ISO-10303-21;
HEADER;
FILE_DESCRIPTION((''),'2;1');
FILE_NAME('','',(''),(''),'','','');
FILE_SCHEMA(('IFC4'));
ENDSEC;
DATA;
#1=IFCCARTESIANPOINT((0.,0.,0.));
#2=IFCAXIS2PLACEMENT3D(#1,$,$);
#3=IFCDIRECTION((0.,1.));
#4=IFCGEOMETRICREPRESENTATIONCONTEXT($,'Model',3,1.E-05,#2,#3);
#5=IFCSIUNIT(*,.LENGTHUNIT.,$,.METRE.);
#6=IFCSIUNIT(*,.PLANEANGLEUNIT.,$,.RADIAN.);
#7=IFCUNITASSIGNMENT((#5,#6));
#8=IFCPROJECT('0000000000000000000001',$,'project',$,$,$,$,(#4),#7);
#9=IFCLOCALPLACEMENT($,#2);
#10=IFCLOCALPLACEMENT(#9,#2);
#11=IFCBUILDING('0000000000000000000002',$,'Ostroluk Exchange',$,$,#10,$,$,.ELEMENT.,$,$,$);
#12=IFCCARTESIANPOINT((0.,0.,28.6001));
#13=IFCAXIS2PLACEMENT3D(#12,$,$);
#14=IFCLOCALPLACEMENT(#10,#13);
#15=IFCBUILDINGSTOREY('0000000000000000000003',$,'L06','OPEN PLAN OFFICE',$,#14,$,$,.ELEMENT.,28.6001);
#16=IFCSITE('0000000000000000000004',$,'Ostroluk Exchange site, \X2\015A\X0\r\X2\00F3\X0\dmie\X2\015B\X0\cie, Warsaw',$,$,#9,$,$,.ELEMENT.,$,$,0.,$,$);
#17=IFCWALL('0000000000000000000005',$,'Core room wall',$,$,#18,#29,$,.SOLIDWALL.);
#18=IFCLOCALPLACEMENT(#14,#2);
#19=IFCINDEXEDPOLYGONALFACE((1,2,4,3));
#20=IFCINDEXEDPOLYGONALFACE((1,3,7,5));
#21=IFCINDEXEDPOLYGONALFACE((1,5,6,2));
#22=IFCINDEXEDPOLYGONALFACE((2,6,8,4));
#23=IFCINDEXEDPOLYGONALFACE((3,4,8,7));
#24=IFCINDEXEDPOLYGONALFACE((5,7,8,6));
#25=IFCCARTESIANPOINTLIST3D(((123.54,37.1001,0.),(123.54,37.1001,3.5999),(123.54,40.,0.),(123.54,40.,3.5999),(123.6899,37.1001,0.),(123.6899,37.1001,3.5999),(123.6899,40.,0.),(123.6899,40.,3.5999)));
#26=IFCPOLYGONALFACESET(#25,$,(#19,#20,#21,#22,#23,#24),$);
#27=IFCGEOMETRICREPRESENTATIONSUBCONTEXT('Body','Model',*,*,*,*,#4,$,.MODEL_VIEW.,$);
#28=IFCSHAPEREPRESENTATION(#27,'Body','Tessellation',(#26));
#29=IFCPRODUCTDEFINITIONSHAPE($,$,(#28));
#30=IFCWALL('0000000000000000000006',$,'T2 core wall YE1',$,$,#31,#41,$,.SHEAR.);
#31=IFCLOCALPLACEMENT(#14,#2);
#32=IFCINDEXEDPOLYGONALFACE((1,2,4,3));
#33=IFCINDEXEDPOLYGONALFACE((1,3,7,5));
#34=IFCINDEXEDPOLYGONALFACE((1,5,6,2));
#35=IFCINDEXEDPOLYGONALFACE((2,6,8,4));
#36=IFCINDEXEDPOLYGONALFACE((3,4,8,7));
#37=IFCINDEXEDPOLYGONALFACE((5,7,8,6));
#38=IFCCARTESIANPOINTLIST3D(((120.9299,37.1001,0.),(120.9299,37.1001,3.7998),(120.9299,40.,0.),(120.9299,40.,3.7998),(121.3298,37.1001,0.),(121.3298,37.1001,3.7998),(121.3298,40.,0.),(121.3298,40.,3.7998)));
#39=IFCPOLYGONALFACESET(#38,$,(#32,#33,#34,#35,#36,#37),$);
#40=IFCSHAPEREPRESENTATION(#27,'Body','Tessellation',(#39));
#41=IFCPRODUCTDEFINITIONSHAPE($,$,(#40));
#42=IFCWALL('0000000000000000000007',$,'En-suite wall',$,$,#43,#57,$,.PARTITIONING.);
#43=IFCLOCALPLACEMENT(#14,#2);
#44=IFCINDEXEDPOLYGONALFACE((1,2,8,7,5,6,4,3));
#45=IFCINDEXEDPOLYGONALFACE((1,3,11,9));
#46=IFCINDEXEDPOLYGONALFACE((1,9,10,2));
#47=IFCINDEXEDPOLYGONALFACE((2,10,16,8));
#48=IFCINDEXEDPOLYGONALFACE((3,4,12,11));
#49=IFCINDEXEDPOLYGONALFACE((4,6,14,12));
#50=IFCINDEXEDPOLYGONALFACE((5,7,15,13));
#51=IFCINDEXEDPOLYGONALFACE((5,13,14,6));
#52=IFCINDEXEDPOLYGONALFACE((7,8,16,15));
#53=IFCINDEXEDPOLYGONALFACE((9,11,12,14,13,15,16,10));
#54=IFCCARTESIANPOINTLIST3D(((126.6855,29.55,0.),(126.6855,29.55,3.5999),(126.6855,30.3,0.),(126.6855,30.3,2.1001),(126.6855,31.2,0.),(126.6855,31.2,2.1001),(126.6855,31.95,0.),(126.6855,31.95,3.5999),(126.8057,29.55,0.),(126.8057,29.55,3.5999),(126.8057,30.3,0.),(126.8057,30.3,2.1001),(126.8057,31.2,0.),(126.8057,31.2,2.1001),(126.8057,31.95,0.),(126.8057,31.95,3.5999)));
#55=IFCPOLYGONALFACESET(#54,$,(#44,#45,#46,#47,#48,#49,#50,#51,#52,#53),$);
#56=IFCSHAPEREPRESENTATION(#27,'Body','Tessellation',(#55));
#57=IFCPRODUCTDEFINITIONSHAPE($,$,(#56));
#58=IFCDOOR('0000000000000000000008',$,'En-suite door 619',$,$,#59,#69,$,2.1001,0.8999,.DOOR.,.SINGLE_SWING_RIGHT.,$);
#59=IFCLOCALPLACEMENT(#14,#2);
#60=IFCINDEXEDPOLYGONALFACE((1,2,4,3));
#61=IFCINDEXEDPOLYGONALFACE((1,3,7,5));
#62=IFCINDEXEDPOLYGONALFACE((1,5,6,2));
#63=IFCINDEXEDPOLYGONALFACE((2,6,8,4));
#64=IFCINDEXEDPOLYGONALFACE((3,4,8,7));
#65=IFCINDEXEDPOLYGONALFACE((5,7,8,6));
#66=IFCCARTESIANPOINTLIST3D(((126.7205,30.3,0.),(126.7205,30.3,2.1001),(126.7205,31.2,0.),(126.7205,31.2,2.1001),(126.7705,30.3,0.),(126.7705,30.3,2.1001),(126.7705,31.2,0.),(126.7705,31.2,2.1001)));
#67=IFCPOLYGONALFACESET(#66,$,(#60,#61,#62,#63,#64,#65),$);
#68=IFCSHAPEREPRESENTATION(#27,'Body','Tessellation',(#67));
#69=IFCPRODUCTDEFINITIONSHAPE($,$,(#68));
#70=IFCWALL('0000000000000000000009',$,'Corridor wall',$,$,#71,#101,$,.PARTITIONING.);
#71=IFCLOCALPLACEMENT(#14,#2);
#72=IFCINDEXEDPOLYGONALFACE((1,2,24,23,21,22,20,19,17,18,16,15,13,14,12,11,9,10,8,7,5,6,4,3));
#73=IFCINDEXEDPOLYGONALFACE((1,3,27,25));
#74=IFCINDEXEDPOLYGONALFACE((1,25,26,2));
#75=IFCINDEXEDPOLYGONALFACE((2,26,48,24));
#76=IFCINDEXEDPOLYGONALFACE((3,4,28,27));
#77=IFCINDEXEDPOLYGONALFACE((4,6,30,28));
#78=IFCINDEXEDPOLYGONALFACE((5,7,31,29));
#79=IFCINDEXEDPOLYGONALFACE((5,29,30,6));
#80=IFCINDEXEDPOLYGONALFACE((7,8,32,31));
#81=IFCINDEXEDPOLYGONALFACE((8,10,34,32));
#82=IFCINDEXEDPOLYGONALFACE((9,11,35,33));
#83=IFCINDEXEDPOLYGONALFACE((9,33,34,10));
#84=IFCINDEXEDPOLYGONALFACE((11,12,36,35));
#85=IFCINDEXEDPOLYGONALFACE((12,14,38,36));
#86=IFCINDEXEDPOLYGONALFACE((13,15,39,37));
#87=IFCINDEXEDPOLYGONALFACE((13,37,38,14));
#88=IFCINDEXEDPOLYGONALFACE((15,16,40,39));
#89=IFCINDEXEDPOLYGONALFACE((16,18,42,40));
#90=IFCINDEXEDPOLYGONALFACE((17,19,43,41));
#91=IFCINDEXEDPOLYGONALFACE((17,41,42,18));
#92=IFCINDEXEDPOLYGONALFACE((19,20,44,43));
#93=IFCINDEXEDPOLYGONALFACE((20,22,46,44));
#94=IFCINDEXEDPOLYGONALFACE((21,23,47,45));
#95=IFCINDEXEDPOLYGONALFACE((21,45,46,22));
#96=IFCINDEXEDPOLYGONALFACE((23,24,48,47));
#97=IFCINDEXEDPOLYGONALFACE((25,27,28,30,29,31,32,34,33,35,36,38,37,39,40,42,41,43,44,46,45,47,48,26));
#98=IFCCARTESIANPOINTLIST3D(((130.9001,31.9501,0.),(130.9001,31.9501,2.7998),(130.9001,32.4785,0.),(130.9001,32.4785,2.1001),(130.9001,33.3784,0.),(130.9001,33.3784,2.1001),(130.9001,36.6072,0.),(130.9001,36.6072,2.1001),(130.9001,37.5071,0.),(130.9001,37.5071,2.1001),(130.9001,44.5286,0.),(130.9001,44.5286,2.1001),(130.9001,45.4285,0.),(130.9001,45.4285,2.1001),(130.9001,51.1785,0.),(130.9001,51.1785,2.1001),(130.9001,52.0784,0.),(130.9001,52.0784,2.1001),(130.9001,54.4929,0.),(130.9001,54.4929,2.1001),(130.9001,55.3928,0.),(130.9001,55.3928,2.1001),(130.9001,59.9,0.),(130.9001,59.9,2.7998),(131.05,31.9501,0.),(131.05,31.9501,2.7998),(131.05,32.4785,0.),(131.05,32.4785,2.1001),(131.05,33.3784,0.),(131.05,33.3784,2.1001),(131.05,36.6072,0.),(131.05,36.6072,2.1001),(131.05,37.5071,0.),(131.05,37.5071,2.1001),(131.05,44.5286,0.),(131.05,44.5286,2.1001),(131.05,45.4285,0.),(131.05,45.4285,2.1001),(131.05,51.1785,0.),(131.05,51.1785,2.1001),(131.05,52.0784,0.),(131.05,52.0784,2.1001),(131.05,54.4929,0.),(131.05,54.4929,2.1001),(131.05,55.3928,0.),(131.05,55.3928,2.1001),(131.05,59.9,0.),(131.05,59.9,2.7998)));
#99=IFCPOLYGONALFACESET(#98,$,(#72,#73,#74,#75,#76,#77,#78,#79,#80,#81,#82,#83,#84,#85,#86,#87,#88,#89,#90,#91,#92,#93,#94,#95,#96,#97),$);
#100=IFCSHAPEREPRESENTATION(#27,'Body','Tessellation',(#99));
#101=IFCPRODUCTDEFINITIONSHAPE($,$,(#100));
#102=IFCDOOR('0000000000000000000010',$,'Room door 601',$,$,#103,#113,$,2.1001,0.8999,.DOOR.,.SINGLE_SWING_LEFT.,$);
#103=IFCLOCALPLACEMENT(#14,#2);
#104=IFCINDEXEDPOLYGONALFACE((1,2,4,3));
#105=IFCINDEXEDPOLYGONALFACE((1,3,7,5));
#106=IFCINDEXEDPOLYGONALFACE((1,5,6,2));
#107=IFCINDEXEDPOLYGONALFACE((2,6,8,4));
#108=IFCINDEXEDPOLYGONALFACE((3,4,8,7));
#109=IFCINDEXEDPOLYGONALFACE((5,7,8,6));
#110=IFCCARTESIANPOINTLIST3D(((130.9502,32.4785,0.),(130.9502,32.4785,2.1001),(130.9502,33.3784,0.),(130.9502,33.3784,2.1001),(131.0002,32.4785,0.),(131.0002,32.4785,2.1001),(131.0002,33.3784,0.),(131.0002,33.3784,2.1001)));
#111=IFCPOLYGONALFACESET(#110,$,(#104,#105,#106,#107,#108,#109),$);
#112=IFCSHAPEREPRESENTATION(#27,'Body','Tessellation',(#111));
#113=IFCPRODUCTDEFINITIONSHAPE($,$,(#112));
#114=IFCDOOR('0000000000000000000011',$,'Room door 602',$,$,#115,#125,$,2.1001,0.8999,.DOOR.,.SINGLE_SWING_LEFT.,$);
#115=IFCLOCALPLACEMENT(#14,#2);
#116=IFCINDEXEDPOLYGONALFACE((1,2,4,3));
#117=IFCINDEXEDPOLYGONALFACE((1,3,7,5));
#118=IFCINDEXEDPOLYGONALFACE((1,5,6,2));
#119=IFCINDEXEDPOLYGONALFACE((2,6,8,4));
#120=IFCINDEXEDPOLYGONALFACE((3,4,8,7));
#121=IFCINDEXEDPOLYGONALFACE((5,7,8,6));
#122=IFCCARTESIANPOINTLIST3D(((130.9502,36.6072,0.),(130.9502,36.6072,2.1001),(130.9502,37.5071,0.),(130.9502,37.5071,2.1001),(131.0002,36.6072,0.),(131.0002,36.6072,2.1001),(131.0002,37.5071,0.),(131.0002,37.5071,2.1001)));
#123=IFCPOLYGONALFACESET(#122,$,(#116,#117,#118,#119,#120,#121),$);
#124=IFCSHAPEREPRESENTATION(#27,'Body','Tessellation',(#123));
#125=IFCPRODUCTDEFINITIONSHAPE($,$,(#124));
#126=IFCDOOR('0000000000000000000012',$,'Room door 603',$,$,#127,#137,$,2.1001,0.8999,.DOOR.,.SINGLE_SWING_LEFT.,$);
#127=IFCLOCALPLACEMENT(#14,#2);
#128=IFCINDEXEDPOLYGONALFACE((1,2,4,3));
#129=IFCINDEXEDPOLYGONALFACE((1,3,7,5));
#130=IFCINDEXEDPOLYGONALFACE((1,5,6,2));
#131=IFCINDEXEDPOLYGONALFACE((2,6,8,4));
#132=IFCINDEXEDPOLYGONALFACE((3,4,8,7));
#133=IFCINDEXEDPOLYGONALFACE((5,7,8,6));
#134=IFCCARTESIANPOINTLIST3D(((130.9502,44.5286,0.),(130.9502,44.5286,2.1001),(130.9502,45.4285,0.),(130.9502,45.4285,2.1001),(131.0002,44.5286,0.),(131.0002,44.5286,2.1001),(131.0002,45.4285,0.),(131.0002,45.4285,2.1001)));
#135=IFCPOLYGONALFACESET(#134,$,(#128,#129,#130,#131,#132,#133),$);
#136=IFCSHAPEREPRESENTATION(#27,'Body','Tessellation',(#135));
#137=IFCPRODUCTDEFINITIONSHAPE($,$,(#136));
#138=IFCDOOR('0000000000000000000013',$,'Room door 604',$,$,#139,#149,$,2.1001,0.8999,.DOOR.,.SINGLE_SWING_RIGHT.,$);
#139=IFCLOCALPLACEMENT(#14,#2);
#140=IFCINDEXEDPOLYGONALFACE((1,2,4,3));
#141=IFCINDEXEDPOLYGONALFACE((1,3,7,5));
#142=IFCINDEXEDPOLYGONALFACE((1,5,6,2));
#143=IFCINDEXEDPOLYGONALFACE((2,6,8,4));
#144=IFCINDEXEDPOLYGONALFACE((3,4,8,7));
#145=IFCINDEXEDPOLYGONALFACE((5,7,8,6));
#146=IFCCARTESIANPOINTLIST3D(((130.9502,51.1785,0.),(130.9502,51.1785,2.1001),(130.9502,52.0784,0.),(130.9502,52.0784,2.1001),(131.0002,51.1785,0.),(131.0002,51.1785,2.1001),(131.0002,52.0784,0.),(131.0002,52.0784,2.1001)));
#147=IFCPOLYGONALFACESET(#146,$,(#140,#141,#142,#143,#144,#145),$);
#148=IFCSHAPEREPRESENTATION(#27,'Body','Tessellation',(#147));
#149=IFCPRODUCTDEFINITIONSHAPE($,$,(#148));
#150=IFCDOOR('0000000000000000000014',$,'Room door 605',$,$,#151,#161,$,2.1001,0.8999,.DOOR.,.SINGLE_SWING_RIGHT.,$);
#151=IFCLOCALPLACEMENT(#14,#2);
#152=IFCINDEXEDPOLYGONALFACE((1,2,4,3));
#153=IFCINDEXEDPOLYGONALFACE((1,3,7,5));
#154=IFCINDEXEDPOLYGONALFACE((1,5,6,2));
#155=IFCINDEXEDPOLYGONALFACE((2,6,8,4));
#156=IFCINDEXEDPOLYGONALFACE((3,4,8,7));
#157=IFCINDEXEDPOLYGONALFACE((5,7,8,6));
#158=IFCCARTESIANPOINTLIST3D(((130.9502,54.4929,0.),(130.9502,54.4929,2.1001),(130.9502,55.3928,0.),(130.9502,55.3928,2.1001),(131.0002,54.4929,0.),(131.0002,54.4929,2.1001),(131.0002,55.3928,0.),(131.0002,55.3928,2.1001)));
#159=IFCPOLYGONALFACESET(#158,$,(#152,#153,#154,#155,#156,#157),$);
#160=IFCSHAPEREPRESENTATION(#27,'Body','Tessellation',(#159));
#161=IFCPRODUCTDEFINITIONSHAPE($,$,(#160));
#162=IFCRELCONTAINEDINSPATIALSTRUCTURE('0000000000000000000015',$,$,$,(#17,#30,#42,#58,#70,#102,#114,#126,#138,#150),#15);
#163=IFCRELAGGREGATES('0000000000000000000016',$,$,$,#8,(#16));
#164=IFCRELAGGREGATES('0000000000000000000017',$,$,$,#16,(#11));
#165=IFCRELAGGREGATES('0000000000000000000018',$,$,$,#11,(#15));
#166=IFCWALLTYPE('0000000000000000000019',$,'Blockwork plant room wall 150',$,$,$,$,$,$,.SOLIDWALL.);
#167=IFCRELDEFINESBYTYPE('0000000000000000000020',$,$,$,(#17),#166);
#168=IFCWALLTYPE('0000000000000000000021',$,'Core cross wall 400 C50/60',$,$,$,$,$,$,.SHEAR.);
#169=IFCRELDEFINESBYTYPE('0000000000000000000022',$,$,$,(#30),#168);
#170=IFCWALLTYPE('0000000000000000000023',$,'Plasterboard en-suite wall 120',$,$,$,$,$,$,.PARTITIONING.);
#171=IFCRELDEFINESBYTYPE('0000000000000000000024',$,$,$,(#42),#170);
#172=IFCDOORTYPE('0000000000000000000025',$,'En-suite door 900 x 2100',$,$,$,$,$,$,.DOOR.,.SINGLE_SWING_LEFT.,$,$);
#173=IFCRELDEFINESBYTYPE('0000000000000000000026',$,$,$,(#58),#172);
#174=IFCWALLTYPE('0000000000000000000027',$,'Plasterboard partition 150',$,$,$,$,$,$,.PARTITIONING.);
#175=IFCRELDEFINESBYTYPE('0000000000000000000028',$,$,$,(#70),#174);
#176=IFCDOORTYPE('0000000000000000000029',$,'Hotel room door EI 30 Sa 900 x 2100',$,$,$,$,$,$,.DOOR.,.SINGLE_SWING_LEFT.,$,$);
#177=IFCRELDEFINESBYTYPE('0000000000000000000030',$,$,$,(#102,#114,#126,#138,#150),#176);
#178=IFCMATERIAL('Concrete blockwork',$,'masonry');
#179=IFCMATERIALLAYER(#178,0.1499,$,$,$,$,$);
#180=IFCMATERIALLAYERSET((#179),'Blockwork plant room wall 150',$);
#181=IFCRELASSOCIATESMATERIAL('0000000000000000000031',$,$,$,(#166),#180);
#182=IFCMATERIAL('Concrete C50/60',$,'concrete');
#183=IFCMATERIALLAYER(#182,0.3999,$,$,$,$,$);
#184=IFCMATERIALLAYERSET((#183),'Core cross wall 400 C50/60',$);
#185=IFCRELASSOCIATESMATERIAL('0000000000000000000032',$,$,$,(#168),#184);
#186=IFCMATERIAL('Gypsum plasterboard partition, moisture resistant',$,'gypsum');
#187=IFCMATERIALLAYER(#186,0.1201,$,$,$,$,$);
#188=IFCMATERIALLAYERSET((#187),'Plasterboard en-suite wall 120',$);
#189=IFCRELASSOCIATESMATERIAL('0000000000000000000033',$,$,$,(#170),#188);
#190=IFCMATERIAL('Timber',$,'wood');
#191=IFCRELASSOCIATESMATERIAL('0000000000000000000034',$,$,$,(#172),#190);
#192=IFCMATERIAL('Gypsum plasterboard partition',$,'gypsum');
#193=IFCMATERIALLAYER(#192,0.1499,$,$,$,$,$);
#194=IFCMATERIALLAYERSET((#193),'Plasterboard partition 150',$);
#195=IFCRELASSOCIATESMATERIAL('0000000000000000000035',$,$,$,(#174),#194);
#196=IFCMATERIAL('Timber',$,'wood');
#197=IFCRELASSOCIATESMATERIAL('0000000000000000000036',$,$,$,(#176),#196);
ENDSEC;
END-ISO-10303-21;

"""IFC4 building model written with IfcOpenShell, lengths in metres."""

from ifc_helpers import new_model, si_unit, direction, frame, frame_2d, origin, place, context, subcontext, project, spatial, rectangle, extrude, material, layer, layer_set, type_object, element, fill, save


model = new_model("IFC4")

# Units and contexts
model_context = context("Model", 3, precision=1e-05, world=origin(), true_north=direction((0.0, 1.0)))
body_context = subcontext(model_context, "Body", "Model", "MODEL_VIEW")
ifc_project = project(units=[si_unit("LENGTHUNIT", "METRE"), si_unit("PLANEANGLEUNIT", "RADIAN")], contexts=[model_context])

# Site, building, storey
site_placement = place(None, origin())
site = spatial("IfcSite", under=ifc_project, at=site_placement, Name="Ostroluk Exchange site, Śródmieście, Warsaw", CompositionType="ELEMENT", RefElevation=0.0)
building_placement = place(site_placement, origin())
building = spatial("IfcBuilding", under=site, at=building_placement, Name="Ostroluk Exchange", CompositionType="ELEMENT")
storey_placement = place(building_placement, frame((0.0, 0.0, 28.6001)))
storey = spatial("IfcBuildingStorey", under=building, at=storey_placement, Name="L06", Description="OPEN PLAN OFFICE", CompositionType="ELEMENT", Elevation=28.6001)

# Walls
ifc_material_1 = material(Name="Concrete blockwork", Category="masonry")
ifc_layer_1 = layer(ifc_material_1, 0.1499)
ifc_layer_set_1 = layer_set([ifc_layer_1], Name="Blockwork plant room wall 150")
wall_type_1 = type_object("IfcWallType", Name="Blockwork plant room wall 150", PredefinedType="SOLIDWALL", material=ifc_layer_set_1)
wall_1_placement = place(storey_placement, frame((123.615, 37.1001, 0.0), z_axis=(0.0, 0.0, 1.0), x_axis=(0.0, 1.0, 0.0)))
element("IfcWall", 1, at=wall_1_placement, inside=storey, type_object=wall_type_1, Name="Core room wall", PredefinedType="SOLIDWALL", context=body_context, shape_type="SweptSolid", body=[
    extrude(rectangle(XDim=2.8999, YDim=0.1499, at=frame_2d((1.45, 0.0))), origin(), (0.0, 0.0, 1.0), 3.5999),
])
ifc_material_2 = material(Name="Concrete C50/60", Category="concrete")
ifc_layer_2 = layer(ifc_material_2, 0.3999)
ifc_layer_set_2 = layer_set([ifc_layer_2], Name="Core cross wall 400 C50/60")
wall_type_2 = type_object("IfcWallType", Name="Core cross wall 400 C50/60", PredefinedType="SHEAR", material=ifc_layer_set_2)
wall_2_placement = place(storey_placement, frame((121.1299, 37.1001, 0.0), z_axis=(0.0, 0.0, 1.0), x_axis=(0.0, 1.0, 0.0)))
element("IfcWall", 2, at=wall_2_placement, inside=storey, type_object=wall_type_2, Name="T2 core wall YE1", PredefinedType="SHEAR", context=body_context, shape_type="SweptSolid", body=[
    extrude(rectangle(XDim=2.8999, YDim=0.3999, at=frame_2d((1.45, 0.0))), origin(), (0.0, 0.0, 1.0), 3.7998),
])

# Wall, opening, door
ifc_material_3 = material(Name="Gypsum plasterboard partition, moisture resistant", Category="gypsum")
ifc_layer_3 = layer(ifc_material_3, 0.1201)
ifc_layer_set_3 = layer_set([ifc_layer_3], Name="Plasterboard en-suite wall 120")
wall_type_3 = type_object("IfcWallType", Name="Plasterboard en-suite wall 120", PredefinedType="PARTITIONING", material=ifc_layer_set_3)
wall_3_placement = place(storey_placement, frame((126.7456, 31.95, 0.0), z_axis=(0.0, 0.0, 1.0), x_axis=(0.0, -1.0, 0.0)))
wall_3 = element("IfcWall", 3, at=wall_3_placement, inside=storey, type_object=wall_type_3, Name="En-suite wall", PredefinedType="PARTITIONING", context=body_context, shape_type="SweptSolid", body=[
    extrude(rectangle(XDim=2.3999, YDim=0.1201, at=frame_2d((1.2, 0.0))), origin(), (0.0, 0.0, 1.0), 3.5999),
])
opening_1_placement = place(wall_3_placement, frame((0.75, 0.0, 0.0)))
opening_1 = element("IfcOpeningElement", 4, at=opening_1_placement, cuts=wall_3, PredefinedType="OPENING", context=body_context, shape_type="SweptSolid", body=[
    extrude(rectangle(XDim=0.8999, YDim=2.1001, at=frame_2d((0.45, 1.05))), frame((0.0, 0.0701, 0.0), z_axis=(0.0, -1.0, 0.0), x_axis=(1.0, 0.0, 0.0)), (0.0, 0.0, 1.0), 0.1401),
])
ifc_material_4 = material(Name="Timber", Category="wood")
door_type_1 = type_object("IfcDoorType", Name="En-suite door 900 x 2100", OperationType="SINGLE_SWING_LEFT", PredefinedType="DOOR", material=ifc_material_4)
door_1_placement = place(opening_1_placement, origin())
door_1 = element("IfcDoor", 5, at=door_1_placement, inside=storey, type_object=door_type_1, Name="En-suite door 619", OperationType="SINGLE_SWING_RIGHT", OverallHeight=2.1001, OverallWidth=0.8999, PredefinedType="DOOR", context=body_context, shape_type="SweptSolid", body=[
    extrude(rectangle(XDim=0.8999, YDim=2.1001, at=frame_2d((0.45, 1.05))), frame((0.0, 0.0249, 0.0), z_axis=(0.0, -1.0, 0.0), x_axis=(1.0, 0.0, 0.0)), (0.0, 0.0, 1.0), 0.05),
])
fill(opening_1, door_1)

# Wall, openings, doors
ifc_material_5 = material(Name="Gypsum plasterboard partition", Category="gypsum")
ifc_layer_4 = layer(ifc_material_5, 0.1499)
ifc_layer_set_4 = layer_set([ifc_layer_4], Name="Plasterboard partition 150")
wall_type_4 = type_object("IfcWallType", Name="Plasterboard partition 150", PredefinedType="PARTITIONING", material=ifc_layer_set_4)
wall_4_placement = place(storey_placement, frame((130.9751, 31.95, 0.0), z_axis=(0.0, 0.0, 1.0), x_axis=(0.0, 1.0, 0.0)))
wall_4 = element("IfcWall", 6, at=wall_4_placement, inside=storey, type_object=wall_type_4, Name="Corridor wall", PredefinedType="PARTITIONING", context=body_context, shape_type="SweptSolid", body=[
    extrude(rectangle(XDim=27.95, YDim=0.1499, at=frame_2d((13.9751, 0.0))), origin(), (0.0, 0.0, 1.0), 2.7998),
])
opening_2_placement = place(wall_4_placement, frame((0.5286, 0.0, 0.0)))
opening_2 = element("IfcOpeningElement", 7, at=opening_2_placement, cuts=wall_4, PredefinedType="OPENING", context=body_context, shape_type="SweptSolid", body=[
    extrude(rectangle(XDim=0.8999, YDim=2.1001, at=frame_2d((0.45, 1.05))), frame((0.0, 0.085, 0.0), z_axis=(0.0, -1.0, 0.0), x_axis=(1.0, 0.0, 0.0)), (0.0, 0.0, 1.0), 0.1699),
])
opening_3_placement = place(wall_4_placement, frame((4.6572, 0.0, 0.0)))
opening_3 = element("IfcOpeningElement", 8, at=opening_3_placement, cuts=wall_4, PredefinedType="OPENING", context=body_context, shape_type="SweptSolid", body=[
    extrude(rectangle(XDim=0.8999, YDim=2.1001, at=frame_2d((0.45, 1.05))), frame((0.0, 0.085, 0.0), z_axis=(0.0, -1.0, 0.0), x_axis=(1.0, 0.0, 0.0)), (0.0, 0.0, 1.0), 0.1699),
])
opening_4_placement = place(wall_4_placement, frame((12.5786, 0.0, 0.0)))
opening_4 = element("IfcOpeningElement", 9, at=opening_4_placement, cuts=wall_4, PredefinedType="OPENING", context=body_context, shape_type="SweptSolid", body=[
    extrude(rectangle(XDim=0.8999, YDim=2.1001, at=frame_2d((0.45, 1.05))), frame((0.0, 0.085, 0.0), z_axis=(0.0, -1.0, 0.0), x_axis=(1.0, 0.0, 0.0)), (0.0, 0.0, 1.0), 0.1699),
])
opening_5_placement = place(wall_4_placement, frame((19.2285, 0.0, 0.0)))
opening_5 = element("IfcOpeningElement", 10, at=opening_5_placement, cuts=wall_4, PredefinedType="OPENING", context=body_context, shape_type="SweptSolid", body=[
    extrude(rectangle(XDim=0.8999, YDim=2.1001, at=frame_2d((0.45, 1.05))), frame((0.0, 0.085, 0.0), z_axis=(0.0, -1.0, 0.0), x_axis=(1.0, 0.0, 0.0)), (0.0, 0.0, 1.0), 0.1699),
])
opening_6_placement = place(wall_4_placement, frame((22.543, 0.0, 0.0)))
opening_6 = element("IfcOpeningElement", 11, at=opening_6_placement, cuts=wall_4, PredefinedType="OPENING", context=body_context, shape_type="SweptSolid", body=[
    extrude(rectangle(XDim=0.8999, YDim=2.1001, at=frame_2d((0.45, 1.05))), frame((0.0, 0.085, 0.0), z_axis=(0.0, -1.0, 0.0), x_axis=(1.0, 0.0, 0.0)), (0.0, 0.0, 1.0), 0.1699),
])
ifc_material_6 = material(Name="Timber", Category="wood")
door_type_2 = type_object("IfcDoorType", Name="Hotel room door EI 30 Sa 900 x 2100", OperationType="SINGLE_SWING_LEFT", PredefinedType="DOOR", material=ifc_material_6)
door_2_placement = place(opening_2_placement, origin())
door_2 = element("IfcDoor", 12, at=door_2_placement, inside=storey, type_object=door_type_2, Name="Room door 601", OperationType="SINGLE_SWING_LEFT", OverallHeight=2.1001, OverallWidth=0.8999, PredefinedType="DOOR", context=body_context, shape_type="SweptSolid", body=[
    extrude(rectangle(XDim=0.8999, YDim=2.1001, at=frame_2d((0.45, 1.05))), frame((0.0, 0.0249, 0.0), z_axis=(0.0, -1.0, 0.0), x_axis=(1.0, 0.0, 0.0)), (0.0, 0.0, 1.0), 0.05),
])
fill(opening_2, door_2)
door_3_placement = place(opening_3_placement, origin())
door_3 = element("IfcDoor", 13, at=door_3_placement, inside=storey, type_object=door_type_2, Name="Room door 602", OperationType="SINGLE_SWING_LEFT", OverallHeight=2.1001, OverallWidth=0.8999, PredefinedType="DOOR", context=body_context, shape_type="SweptSolid", body=[
    extrude(rectangle(XDim=0.8999, YDim=2.1001, at=frame_2d((0.45, 1.05))), frame((0.0, 0.0249, 0.0), z_axis=(0.0, -1.0, 0.0), x_axis=(1.0, 0.0, 0.0)), (0.0, 0.0, 1.0), 0.05),
])
fill(opening_3, door_3)
door_4_placement = place(opening_4_placement, origin())
door_4 = element("IfcDoor", 14, at=door_4_placement, inside=storey, type_object=door_type_2, Name="Room door 603", OperationType="SINGLE_SWING_LEFT", OverallHeight=2.1001, OverallWidth=0.8999, PredefinedType="DOOR", context=body_context, shape_type="SweptSolid", body=[
    extrude(rectangle(XDim=0.8999, YDim=2.1001, at=frame_2d((0.45, 1.05))), frame((0.0, 0.0249, 0.0), z_axis=(0.0, -1.0, 0.0), x_axis=(1.0, 0.0, 0.0)), (0.0, 0.0, 1.0), 0.05),
])
fill(opening_4, door_4)
door_5_placement = place(opening_5_placement, origin())
door_5 = element("IfcDoor", 15, at=door_5_placement, inside=storey, type_object=door_type_2, Name="Room door 604", OperationType="SINGLE_SWING_RIGHT", OverallHeight=2.1001, OverallWidth=0.8999, PredefinedType="DOOR", context=body_context, shape_type="SweptSolid", body=[
    extrude(rectangle(XDim=0.8999, YDim=2.1001, at=frame_2d((0.45, 1.05))), frame((0.0, 0.0249, 0.0), z_axis=(0.0, -1.0, 0.0), x_axis=(1.0, 0.0, 0.0)), (0.0, 0.0, 1.0), 0.05),
])
fill(opening_5, door_5)
door_6_placement = place(opening_6_placement, origin())
door_6 = element("IfcDoor", 16, at=door_6_placement, inside=storey, type_object=door_type_2, Name="Room door 605", OperationType="SINGLE_SWING_RIGHT", OverallHeight=2.1001, OverallWidth=0.8999, PredefinedType="DOOR", context=body_context, shape_type="SweptSolid", body=[
    extrude(rectangle(XDim=0.8999, YDim=2.1001, at=frame_2d((0.45, 1.05))), frame((0.0, 0.0249, 0.0), z_axis=(0.0, -1.0, 0.0), x_axis=(1.0, 0.0, 0.0)), (0.0, 0.0, 1.0), 0.05),
])
fill(opening_6, door_6)

save(model, "model.ifc")
